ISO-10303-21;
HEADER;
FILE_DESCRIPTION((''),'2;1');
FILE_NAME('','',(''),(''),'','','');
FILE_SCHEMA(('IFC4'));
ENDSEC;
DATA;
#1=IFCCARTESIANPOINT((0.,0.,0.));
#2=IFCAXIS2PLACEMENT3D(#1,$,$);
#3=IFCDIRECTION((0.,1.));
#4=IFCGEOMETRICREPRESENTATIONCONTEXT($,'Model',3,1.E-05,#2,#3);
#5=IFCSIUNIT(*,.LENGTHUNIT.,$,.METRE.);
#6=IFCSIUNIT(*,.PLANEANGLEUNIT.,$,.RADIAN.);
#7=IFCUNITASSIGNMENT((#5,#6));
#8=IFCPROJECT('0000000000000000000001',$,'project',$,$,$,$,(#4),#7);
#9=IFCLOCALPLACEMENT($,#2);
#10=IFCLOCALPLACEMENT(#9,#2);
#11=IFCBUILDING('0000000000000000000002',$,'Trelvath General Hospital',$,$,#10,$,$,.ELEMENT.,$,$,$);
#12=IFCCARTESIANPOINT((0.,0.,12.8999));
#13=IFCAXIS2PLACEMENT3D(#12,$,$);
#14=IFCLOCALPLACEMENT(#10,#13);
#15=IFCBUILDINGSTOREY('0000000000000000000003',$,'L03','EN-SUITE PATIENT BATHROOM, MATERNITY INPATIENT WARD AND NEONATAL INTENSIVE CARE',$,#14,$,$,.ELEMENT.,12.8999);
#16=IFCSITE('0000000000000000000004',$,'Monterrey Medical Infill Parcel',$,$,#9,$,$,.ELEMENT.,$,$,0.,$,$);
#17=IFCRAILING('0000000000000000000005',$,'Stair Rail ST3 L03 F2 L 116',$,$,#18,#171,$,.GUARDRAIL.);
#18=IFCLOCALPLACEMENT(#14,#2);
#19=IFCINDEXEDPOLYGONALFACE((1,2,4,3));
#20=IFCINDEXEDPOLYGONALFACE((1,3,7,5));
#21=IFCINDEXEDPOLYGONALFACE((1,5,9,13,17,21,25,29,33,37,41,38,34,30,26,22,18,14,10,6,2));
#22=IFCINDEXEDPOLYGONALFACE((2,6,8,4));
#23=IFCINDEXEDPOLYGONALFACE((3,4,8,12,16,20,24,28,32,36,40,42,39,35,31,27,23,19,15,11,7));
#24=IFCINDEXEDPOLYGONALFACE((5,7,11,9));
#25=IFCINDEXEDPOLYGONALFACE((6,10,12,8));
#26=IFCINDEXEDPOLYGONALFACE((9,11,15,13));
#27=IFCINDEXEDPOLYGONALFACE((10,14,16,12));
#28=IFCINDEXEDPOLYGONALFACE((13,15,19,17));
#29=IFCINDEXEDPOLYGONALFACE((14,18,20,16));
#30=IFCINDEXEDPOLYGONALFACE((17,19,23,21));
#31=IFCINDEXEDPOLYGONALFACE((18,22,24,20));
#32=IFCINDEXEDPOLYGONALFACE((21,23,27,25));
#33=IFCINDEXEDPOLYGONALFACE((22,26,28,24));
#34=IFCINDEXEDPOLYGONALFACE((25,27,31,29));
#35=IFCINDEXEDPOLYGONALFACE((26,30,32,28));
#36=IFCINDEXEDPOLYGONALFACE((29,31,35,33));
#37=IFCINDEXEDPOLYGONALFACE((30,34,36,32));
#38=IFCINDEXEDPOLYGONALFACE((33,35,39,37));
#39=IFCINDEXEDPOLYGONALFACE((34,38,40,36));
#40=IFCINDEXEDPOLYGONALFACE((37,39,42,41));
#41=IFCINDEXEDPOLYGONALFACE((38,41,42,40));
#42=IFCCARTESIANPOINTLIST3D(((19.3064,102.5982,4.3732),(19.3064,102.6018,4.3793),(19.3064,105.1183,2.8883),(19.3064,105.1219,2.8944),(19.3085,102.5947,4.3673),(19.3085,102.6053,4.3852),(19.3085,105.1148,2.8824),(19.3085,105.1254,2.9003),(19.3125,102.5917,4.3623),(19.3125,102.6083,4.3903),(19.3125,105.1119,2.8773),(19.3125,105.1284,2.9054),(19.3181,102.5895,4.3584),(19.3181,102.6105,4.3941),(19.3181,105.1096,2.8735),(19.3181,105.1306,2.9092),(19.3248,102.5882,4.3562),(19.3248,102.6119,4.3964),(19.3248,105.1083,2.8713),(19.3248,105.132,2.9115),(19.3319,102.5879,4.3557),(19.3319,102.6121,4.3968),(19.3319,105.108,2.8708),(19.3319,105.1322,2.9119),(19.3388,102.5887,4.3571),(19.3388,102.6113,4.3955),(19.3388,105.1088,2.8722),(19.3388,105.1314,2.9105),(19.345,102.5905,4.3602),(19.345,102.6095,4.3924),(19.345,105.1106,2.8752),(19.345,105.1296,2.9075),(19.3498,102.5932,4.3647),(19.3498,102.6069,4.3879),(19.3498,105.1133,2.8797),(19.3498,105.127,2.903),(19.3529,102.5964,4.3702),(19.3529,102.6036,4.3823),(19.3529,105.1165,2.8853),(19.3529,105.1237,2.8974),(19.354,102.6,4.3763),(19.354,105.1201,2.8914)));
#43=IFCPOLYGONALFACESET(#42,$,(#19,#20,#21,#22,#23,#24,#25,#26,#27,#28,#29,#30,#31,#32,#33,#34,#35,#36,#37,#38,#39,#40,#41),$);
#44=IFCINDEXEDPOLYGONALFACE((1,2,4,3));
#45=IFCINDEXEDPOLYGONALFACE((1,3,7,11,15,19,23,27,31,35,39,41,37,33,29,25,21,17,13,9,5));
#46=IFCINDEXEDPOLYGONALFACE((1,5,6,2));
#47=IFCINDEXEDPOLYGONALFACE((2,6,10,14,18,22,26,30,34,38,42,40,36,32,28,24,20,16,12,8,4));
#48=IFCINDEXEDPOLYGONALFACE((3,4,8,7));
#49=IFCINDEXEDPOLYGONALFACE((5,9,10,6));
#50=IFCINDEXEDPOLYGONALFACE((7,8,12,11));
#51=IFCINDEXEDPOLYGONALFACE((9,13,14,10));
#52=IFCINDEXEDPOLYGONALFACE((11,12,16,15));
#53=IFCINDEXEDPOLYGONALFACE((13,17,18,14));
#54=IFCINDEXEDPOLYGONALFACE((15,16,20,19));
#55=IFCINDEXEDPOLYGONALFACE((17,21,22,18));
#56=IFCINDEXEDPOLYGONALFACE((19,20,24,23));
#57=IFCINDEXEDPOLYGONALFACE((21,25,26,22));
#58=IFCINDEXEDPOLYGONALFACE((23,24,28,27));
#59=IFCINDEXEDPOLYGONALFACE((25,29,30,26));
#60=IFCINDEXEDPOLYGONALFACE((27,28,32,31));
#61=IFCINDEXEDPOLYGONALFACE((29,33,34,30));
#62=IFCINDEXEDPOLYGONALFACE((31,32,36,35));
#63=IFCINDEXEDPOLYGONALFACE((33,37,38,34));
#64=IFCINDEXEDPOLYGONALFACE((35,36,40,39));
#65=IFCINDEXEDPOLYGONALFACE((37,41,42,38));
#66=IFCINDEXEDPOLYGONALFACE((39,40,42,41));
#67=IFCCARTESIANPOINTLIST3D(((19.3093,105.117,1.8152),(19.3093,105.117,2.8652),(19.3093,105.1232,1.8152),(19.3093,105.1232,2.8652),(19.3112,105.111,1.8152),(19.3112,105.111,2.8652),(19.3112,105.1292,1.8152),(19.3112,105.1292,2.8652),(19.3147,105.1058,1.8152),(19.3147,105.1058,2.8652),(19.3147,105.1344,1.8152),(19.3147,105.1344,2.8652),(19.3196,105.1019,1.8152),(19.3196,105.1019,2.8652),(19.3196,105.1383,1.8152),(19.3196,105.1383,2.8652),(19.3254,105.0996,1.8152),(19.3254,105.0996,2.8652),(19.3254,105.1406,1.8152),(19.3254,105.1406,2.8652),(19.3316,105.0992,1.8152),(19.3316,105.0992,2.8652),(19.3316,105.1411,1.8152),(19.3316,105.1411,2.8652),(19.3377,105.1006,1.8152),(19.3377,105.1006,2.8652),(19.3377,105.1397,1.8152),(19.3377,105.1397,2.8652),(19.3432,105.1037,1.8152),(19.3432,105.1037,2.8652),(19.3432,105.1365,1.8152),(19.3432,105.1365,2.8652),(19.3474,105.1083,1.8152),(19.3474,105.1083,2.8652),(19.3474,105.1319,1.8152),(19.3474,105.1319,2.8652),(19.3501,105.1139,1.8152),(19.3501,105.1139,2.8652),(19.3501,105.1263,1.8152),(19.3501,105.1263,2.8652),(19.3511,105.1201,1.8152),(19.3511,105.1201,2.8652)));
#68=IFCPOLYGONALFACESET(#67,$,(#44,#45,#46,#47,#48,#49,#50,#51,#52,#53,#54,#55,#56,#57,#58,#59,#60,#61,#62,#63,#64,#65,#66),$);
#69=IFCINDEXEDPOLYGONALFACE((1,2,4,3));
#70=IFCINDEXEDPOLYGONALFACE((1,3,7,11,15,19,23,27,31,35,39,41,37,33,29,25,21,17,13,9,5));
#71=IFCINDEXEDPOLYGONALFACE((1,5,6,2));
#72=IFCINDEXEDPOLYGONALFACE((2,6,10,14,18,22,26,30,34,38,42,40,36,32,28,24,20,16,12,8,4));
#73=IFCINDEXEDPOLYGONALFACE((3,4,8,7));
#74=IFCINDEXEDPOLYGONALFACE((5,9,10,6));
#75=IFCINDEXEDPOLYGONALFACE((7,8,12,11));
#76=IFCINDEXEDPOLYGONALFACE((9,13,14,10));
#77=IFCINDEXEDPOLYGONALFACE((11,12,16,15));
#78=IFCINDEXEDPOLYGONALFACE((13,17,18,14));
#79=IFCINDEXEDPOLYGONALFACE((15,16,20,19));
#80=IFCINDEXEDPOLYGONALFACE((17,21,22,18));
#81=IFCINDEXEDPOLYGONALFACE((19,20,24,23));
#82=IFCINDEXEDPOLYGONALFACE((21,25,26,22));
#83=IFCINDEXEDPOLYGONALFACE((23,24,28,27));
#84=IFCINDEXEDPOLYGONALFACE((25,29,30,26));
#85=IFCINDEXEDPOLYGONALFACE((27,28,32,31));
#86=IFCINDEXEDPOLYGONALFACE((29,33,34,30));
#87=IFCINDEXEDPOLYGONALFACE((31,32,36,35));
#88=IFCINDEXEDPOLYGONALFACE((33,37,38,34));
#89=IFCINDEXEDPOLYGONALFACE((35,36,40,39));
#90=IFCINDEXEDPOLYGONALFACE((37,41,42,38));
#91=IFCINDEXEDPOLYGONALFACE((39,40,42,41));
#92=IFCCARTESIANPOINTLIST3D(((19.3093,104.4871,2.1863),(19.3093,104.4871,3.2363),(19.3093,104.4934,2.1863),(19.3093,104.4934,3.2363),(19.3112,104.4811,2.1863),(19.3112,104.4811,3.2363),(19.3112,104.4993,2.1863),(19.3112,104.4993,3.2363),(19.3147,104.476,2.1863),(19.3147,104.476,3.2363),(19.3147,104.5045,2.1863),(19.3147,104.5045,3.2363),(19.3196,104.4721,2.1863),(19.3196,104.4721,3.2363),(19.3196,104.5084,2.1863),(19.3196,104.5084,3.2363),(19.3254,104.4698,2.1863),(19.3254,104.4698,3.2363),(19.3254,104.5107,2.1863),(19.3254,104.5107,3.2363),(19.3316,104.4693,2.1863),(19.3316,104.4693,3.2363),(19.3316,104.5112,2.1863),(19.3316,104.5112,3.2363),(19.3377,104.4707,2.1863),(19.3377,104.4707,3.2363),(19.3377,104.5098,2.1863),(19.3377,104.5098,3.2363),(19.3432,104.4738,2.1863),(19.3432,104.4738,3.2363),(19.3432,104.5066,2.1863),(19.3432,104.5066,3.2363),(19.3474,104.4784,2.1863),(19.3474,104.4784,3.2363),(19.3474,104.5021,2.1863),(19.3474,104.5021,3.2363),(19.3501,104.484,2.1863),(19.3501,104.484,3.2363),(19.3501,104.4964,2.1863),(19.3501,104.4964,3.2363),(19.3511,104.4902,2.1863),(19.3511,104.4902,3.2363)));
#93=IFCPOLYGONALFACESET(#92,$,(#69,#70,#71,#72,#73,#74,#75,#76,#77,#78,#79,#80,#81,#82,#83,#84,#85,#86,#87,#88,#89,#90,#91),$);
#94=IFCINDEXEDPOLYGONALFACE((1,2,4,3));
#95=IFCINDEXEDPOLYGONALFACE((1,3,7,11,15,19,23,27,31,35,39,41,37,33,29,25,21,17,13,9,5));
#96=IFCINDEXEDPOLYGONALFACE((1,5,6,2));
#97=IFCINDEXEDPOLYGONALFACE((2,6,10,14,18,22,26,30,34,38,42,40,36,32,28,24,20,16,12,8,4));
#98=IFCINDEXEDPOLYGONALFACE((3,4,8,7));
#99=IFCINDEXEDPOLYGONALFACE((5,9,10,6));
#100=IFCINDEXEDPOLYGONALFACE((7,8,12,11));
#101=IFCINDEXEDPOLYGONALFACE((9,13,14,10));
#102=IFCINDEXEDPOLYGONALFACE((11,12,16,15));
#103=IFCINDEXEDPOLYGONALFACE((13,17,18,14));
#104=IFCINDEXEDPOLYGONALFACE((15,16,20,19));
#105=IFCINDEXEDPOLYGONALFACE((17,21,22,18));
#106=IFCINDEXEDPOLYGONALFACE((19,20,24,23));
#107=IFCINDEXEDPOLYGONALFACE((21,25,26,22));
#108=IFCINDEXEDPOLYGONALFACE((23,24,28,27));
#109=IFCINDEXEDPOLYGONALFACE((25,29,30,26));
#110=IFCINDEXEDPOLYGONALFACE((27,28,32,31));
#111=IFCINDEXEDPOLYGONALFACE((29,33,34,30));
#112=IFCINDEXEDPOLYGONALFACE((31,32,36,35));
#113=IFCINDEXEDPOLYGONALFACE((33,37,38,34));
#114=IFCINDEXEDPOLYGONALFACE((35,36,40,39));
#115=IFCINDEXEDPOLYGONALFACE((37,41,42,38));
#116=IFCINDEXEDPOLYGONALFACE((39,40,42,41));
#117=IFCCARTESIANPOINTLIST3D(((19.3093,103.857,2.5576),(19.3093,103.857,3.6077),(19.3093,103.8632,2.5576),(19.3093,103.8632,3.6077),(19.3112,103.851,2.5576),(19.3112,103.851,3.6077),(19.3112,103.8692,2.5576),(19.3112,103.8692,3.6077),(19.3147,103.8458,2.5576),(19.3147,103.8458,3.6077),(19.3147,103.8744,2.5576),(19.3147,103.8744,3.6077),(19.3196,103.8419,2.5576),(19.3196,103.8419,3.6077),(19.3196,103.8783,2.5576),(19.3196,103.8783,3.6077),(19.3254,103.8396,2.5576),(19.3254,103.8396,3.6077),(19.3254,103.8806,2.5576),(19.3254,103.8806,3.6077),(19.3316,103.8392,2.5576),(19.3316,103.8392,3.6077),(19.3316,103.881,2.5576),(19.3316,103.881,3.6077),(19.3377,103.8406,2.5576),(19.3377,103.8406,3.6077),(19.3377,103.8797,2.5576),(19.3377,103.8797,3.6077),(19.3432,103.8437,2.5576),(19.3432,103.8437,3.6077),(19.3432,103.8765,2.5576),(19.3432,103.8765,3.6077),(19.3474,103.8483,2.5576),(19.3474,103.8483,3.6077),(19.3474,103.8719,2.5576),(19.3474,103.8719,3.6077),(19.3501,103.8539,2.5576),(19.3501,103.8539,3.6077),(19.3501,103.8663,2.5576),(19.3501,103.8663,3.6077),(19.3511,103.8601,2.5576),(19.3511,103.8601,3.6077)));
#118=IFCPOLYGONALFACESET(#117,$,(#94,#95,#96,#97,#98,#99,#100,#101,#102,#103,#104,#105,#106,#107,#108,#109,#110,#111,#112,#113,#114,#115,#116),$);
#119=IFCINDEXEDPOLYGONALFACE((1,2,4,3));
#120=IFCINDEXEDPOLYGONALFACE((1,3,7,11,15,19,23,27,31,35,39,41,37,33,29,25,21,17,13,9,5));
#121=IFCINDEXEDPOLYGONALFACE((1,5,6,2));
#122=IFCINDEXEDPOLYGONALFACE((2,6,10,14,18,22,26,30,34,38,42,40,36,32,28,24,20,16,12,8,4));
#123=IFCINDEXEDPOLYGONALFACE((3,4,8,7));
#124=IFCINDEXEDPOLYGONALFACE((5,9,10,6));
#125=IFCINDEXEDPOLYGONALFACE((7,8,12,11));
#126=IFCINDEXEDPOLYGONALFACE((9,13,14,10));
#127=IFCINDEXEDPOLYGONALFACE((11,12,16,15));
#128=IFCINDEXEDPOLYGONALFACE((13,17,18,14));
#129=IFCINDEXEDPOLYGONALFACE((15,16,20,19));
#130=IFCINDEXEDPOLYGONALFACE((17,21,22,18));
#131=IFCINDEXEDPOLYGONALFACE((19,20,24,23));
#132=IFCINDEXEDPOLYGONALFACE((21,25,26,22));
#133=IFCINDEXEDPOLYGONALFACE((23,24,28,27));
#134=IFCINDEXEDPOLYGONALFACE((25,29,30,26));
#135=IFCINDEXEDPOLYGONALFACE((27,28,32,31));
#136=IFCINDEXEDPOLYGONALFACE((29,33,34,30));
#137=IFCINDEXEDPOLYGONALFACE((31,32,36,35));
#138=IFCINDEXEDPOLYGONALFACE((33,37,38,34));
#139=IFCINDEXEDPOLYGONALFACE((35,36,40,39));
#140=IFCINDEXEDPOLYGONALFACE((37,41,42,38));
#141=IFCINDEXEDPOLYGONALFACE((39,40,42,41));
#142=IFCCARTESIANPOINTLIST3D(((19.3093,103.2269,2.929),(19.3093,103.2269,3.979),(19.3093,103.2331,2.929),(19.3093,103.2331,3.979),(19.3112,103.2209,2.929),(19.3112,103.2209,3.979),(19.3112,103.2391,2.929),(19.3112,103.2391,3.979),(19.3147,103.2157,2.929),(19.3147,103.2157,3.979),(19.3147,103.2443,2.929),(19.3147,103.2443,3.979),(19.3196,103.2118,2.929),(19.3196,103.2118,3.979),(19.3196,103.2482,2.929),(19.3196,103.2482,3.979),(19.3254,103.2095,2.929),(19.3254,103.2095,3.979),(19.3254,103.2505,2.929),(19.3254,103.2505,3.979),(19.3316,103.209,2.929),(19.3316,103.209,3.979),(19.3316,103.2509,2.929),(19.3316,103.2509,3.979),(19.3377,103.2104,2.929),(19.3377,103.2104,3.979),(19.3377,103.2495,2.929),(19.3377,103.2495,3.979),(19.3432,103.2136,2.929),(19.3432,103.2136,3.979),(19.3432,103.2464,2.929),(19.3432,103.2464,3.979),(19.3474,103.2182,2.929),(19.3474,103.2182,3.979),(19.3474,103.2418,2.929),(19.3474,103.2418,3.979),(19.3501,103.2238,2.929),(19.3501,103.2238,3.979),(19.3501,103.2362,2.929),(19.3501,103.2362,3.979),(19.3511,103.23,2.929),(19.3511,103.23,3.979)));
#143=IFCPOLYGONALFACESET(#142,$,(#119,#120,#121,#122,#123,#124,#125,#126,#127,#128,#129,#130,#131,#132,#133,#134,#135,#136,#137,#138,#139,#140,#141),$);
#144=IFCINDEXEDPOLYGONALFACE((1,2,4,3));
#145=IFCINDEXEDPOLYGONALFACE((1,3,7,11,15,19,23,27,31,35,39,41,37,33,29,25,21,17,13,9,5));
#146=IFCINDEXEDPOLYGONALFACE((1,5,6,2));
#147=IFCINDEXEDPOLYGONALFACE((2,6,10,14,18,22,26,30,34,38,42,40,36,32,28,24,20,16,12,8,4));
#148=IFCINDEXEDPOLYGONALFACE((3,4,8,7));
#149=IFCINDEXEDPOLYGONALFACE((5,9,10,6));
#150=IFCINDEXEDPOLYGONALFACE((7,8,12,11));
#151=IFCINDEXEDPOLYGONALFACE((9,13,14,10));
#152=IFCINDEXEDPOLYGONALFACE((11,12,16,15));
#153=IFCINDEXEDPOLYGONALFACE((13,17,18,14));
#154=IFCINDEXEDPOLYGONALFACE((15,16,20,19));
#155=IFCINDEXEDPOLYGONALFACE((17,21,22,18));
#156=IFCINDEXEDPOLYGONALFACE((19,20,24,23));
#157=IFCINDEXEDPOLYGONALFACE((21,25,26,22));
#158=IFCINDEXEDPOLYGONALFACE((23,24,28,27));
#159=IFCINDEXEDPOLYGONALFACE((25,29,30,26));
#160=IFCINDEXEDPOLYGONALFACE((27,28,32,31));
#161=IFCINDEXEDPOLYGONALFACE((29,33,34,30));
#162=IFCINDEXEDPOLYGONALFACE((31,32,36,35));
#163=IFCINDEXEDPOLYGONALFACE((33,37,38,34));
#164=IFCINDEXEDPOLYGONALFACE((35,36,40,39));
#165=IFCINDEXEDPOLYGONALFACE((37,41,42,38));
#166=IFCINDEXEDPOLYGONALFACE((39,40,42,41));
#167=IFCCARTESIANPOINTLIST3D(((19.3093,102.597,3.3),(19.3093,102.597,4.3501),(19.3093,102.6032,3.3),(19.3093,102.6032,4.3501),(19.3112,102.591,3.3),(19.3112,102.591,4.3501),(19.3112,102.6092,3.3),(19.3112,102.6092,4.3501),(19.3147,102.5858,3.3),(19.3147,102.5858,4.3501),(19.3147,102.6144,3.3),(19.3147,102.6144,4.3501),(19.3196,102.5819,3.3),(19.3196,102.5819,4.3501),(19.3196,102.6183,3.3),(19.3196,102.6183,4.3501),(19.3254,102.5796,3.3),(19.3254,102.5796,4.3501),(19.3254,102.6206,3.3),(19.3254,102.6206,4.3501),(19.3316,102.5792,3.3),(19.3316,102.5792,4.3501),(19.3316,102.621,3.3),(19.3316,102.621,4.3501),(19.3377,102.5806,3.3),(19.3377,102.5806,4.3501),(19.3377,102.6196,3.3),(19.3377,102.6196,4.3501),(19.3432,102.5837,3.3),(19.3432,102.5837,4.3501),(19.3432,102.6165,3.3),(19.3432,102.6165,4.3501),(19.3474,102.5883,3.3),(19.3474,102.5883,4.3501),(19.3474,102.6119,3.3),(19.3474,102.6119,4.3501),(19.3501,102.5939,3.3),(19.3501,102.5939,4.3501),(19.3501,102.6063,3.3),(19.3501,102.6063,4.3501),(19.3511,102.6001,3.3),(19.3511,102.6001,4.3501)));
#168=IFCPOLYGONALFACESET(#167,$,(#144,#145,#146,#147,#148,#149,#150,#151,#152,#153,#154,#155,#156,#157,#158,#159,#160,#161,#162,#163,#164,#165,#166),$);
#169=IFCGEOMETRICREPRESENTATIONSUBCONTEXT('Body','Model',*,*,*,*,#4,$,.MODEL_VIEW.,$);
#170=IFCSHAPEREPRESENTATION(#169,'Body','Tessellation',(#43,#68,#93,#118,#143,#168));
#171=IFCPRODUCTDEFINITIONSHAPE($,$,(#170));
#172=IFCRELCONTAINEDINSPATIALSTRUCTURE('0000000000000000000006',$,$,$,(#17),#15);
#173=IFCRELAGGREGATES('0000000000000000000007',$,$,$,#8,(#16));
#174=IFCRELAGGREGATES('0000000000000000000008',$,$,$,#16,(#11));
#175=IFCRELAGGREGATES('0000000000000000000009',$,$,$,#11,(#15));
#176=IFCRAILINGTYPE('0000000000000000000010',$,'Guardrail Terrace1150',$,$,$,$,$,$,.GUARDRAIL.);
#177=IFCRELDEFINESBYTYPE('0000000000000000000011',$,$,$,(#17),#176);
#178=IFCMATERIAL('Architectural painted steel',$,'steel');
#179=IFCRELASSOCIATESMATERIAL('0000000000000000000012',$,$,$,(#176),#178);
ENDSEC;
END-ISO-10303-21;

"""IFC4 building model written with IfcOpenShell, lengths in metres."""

from ifc_helpers import new_model, si_unit, direction, frame, origin, origin_2d, place, context, subcontext, project, spatial, circle, extrude, material, type_object, element, save


model = new_model("IFC4")

# Units and contexts
model_context = context("Model", 3, precision=1e-05, world=origin(), true_north=direction((0.0, 1.0)))
body_context = subcontext(model_context, "Body", "Model", "MODEL_VIEW")
ifc_project = project(units=[si_unit("LENGTHUNIT", "METRE"), si_unit("PLANEANGLEUNIT", "RADIAN")], contexts=[model_context])

# Site, building, storey
site_placement = place(None, origin())
site = spatial("IfcSite", under=ifc_project, at=site_placement, Name="Monterrey Medical Infill Parcel", CompositionType="ELEMENT", RefElevation=0.0)
building_placement = place(site_placement, origin())
building = spatial("IfcBuilding", under=site, at=building_placement, Name="Trelvath General Hospital", CompositionType="ELEMENT")
storey_placement = place(building_placement, frame((0.0, 0.0, 12.8999)))
storey = spatial("IfcBuildingStorey", under=building, at=storey_placement, Name="L03", Description="EN-SUITE PATIENT BATHROOM, MATERNITY INPATIENT WARD AND NEONATAL INTENSIVE CARE", CompositionType="ELEMENT", Elevation=12.8999)

# Railing
ifc_material_1 = material(Name="Architectural painted steel", Category="steel")
railing_type_1 = type_object("IfcRailingType", Name="Guardrail Terrace1150", PredefinedType="GUARDRAIL", material=ifc_material_1)
railing_1_placement = place(storey_placement, frame((19.3301, 105.1201, 1.8152)))
element("IfcRailing", 1, at=railing_1_placement, inside=storey, type_object=railing_type_1, Name="Stair Rail ST3 L03 F2 L 116", PredefinedType="GUARDRAIL", context=body_context, shape_type="SweptSolid", body=[
    extrude(circle(Radius=0.0239, at=origin_2d()), frame((0.0, 0.0, 1.0762), z_axis=(0.0, -0.861561, 0.507655), x_axis=(1.0, 0.0, 0.0)), (0.0, 0.0, 1.0), 2.925),
    extrude(circle(Radius=0.021, at=origin_2d()), origin(), (0.0, 0.0, 1.0), 1.05),
    extrude(circle(Radius=0.021, at=origin_2d()), frame((0.0, -0.6299, 0.3711)), (0.0, 0.0, 1.0), 1.05),
    extrude(circle(Radius=0.021, at=origin_2d()), frame((0.0, -1.26, 0.7424)), (0.0, 0.0, 1.0), 1.05),
    extrude(circle(Radius=0.021, at=origin_2d()), frame((0.0, -1.8901, 1.1138)), (0.0, 0.0, 1.0), 1.05),
    extrude(circle(Radius=0.021, at=origin_2d()), frame((0.0, -2.52, 1.4849)), (0.0, 0.0, 1.0), 1.05),
])

save(model, "model.ifc")
